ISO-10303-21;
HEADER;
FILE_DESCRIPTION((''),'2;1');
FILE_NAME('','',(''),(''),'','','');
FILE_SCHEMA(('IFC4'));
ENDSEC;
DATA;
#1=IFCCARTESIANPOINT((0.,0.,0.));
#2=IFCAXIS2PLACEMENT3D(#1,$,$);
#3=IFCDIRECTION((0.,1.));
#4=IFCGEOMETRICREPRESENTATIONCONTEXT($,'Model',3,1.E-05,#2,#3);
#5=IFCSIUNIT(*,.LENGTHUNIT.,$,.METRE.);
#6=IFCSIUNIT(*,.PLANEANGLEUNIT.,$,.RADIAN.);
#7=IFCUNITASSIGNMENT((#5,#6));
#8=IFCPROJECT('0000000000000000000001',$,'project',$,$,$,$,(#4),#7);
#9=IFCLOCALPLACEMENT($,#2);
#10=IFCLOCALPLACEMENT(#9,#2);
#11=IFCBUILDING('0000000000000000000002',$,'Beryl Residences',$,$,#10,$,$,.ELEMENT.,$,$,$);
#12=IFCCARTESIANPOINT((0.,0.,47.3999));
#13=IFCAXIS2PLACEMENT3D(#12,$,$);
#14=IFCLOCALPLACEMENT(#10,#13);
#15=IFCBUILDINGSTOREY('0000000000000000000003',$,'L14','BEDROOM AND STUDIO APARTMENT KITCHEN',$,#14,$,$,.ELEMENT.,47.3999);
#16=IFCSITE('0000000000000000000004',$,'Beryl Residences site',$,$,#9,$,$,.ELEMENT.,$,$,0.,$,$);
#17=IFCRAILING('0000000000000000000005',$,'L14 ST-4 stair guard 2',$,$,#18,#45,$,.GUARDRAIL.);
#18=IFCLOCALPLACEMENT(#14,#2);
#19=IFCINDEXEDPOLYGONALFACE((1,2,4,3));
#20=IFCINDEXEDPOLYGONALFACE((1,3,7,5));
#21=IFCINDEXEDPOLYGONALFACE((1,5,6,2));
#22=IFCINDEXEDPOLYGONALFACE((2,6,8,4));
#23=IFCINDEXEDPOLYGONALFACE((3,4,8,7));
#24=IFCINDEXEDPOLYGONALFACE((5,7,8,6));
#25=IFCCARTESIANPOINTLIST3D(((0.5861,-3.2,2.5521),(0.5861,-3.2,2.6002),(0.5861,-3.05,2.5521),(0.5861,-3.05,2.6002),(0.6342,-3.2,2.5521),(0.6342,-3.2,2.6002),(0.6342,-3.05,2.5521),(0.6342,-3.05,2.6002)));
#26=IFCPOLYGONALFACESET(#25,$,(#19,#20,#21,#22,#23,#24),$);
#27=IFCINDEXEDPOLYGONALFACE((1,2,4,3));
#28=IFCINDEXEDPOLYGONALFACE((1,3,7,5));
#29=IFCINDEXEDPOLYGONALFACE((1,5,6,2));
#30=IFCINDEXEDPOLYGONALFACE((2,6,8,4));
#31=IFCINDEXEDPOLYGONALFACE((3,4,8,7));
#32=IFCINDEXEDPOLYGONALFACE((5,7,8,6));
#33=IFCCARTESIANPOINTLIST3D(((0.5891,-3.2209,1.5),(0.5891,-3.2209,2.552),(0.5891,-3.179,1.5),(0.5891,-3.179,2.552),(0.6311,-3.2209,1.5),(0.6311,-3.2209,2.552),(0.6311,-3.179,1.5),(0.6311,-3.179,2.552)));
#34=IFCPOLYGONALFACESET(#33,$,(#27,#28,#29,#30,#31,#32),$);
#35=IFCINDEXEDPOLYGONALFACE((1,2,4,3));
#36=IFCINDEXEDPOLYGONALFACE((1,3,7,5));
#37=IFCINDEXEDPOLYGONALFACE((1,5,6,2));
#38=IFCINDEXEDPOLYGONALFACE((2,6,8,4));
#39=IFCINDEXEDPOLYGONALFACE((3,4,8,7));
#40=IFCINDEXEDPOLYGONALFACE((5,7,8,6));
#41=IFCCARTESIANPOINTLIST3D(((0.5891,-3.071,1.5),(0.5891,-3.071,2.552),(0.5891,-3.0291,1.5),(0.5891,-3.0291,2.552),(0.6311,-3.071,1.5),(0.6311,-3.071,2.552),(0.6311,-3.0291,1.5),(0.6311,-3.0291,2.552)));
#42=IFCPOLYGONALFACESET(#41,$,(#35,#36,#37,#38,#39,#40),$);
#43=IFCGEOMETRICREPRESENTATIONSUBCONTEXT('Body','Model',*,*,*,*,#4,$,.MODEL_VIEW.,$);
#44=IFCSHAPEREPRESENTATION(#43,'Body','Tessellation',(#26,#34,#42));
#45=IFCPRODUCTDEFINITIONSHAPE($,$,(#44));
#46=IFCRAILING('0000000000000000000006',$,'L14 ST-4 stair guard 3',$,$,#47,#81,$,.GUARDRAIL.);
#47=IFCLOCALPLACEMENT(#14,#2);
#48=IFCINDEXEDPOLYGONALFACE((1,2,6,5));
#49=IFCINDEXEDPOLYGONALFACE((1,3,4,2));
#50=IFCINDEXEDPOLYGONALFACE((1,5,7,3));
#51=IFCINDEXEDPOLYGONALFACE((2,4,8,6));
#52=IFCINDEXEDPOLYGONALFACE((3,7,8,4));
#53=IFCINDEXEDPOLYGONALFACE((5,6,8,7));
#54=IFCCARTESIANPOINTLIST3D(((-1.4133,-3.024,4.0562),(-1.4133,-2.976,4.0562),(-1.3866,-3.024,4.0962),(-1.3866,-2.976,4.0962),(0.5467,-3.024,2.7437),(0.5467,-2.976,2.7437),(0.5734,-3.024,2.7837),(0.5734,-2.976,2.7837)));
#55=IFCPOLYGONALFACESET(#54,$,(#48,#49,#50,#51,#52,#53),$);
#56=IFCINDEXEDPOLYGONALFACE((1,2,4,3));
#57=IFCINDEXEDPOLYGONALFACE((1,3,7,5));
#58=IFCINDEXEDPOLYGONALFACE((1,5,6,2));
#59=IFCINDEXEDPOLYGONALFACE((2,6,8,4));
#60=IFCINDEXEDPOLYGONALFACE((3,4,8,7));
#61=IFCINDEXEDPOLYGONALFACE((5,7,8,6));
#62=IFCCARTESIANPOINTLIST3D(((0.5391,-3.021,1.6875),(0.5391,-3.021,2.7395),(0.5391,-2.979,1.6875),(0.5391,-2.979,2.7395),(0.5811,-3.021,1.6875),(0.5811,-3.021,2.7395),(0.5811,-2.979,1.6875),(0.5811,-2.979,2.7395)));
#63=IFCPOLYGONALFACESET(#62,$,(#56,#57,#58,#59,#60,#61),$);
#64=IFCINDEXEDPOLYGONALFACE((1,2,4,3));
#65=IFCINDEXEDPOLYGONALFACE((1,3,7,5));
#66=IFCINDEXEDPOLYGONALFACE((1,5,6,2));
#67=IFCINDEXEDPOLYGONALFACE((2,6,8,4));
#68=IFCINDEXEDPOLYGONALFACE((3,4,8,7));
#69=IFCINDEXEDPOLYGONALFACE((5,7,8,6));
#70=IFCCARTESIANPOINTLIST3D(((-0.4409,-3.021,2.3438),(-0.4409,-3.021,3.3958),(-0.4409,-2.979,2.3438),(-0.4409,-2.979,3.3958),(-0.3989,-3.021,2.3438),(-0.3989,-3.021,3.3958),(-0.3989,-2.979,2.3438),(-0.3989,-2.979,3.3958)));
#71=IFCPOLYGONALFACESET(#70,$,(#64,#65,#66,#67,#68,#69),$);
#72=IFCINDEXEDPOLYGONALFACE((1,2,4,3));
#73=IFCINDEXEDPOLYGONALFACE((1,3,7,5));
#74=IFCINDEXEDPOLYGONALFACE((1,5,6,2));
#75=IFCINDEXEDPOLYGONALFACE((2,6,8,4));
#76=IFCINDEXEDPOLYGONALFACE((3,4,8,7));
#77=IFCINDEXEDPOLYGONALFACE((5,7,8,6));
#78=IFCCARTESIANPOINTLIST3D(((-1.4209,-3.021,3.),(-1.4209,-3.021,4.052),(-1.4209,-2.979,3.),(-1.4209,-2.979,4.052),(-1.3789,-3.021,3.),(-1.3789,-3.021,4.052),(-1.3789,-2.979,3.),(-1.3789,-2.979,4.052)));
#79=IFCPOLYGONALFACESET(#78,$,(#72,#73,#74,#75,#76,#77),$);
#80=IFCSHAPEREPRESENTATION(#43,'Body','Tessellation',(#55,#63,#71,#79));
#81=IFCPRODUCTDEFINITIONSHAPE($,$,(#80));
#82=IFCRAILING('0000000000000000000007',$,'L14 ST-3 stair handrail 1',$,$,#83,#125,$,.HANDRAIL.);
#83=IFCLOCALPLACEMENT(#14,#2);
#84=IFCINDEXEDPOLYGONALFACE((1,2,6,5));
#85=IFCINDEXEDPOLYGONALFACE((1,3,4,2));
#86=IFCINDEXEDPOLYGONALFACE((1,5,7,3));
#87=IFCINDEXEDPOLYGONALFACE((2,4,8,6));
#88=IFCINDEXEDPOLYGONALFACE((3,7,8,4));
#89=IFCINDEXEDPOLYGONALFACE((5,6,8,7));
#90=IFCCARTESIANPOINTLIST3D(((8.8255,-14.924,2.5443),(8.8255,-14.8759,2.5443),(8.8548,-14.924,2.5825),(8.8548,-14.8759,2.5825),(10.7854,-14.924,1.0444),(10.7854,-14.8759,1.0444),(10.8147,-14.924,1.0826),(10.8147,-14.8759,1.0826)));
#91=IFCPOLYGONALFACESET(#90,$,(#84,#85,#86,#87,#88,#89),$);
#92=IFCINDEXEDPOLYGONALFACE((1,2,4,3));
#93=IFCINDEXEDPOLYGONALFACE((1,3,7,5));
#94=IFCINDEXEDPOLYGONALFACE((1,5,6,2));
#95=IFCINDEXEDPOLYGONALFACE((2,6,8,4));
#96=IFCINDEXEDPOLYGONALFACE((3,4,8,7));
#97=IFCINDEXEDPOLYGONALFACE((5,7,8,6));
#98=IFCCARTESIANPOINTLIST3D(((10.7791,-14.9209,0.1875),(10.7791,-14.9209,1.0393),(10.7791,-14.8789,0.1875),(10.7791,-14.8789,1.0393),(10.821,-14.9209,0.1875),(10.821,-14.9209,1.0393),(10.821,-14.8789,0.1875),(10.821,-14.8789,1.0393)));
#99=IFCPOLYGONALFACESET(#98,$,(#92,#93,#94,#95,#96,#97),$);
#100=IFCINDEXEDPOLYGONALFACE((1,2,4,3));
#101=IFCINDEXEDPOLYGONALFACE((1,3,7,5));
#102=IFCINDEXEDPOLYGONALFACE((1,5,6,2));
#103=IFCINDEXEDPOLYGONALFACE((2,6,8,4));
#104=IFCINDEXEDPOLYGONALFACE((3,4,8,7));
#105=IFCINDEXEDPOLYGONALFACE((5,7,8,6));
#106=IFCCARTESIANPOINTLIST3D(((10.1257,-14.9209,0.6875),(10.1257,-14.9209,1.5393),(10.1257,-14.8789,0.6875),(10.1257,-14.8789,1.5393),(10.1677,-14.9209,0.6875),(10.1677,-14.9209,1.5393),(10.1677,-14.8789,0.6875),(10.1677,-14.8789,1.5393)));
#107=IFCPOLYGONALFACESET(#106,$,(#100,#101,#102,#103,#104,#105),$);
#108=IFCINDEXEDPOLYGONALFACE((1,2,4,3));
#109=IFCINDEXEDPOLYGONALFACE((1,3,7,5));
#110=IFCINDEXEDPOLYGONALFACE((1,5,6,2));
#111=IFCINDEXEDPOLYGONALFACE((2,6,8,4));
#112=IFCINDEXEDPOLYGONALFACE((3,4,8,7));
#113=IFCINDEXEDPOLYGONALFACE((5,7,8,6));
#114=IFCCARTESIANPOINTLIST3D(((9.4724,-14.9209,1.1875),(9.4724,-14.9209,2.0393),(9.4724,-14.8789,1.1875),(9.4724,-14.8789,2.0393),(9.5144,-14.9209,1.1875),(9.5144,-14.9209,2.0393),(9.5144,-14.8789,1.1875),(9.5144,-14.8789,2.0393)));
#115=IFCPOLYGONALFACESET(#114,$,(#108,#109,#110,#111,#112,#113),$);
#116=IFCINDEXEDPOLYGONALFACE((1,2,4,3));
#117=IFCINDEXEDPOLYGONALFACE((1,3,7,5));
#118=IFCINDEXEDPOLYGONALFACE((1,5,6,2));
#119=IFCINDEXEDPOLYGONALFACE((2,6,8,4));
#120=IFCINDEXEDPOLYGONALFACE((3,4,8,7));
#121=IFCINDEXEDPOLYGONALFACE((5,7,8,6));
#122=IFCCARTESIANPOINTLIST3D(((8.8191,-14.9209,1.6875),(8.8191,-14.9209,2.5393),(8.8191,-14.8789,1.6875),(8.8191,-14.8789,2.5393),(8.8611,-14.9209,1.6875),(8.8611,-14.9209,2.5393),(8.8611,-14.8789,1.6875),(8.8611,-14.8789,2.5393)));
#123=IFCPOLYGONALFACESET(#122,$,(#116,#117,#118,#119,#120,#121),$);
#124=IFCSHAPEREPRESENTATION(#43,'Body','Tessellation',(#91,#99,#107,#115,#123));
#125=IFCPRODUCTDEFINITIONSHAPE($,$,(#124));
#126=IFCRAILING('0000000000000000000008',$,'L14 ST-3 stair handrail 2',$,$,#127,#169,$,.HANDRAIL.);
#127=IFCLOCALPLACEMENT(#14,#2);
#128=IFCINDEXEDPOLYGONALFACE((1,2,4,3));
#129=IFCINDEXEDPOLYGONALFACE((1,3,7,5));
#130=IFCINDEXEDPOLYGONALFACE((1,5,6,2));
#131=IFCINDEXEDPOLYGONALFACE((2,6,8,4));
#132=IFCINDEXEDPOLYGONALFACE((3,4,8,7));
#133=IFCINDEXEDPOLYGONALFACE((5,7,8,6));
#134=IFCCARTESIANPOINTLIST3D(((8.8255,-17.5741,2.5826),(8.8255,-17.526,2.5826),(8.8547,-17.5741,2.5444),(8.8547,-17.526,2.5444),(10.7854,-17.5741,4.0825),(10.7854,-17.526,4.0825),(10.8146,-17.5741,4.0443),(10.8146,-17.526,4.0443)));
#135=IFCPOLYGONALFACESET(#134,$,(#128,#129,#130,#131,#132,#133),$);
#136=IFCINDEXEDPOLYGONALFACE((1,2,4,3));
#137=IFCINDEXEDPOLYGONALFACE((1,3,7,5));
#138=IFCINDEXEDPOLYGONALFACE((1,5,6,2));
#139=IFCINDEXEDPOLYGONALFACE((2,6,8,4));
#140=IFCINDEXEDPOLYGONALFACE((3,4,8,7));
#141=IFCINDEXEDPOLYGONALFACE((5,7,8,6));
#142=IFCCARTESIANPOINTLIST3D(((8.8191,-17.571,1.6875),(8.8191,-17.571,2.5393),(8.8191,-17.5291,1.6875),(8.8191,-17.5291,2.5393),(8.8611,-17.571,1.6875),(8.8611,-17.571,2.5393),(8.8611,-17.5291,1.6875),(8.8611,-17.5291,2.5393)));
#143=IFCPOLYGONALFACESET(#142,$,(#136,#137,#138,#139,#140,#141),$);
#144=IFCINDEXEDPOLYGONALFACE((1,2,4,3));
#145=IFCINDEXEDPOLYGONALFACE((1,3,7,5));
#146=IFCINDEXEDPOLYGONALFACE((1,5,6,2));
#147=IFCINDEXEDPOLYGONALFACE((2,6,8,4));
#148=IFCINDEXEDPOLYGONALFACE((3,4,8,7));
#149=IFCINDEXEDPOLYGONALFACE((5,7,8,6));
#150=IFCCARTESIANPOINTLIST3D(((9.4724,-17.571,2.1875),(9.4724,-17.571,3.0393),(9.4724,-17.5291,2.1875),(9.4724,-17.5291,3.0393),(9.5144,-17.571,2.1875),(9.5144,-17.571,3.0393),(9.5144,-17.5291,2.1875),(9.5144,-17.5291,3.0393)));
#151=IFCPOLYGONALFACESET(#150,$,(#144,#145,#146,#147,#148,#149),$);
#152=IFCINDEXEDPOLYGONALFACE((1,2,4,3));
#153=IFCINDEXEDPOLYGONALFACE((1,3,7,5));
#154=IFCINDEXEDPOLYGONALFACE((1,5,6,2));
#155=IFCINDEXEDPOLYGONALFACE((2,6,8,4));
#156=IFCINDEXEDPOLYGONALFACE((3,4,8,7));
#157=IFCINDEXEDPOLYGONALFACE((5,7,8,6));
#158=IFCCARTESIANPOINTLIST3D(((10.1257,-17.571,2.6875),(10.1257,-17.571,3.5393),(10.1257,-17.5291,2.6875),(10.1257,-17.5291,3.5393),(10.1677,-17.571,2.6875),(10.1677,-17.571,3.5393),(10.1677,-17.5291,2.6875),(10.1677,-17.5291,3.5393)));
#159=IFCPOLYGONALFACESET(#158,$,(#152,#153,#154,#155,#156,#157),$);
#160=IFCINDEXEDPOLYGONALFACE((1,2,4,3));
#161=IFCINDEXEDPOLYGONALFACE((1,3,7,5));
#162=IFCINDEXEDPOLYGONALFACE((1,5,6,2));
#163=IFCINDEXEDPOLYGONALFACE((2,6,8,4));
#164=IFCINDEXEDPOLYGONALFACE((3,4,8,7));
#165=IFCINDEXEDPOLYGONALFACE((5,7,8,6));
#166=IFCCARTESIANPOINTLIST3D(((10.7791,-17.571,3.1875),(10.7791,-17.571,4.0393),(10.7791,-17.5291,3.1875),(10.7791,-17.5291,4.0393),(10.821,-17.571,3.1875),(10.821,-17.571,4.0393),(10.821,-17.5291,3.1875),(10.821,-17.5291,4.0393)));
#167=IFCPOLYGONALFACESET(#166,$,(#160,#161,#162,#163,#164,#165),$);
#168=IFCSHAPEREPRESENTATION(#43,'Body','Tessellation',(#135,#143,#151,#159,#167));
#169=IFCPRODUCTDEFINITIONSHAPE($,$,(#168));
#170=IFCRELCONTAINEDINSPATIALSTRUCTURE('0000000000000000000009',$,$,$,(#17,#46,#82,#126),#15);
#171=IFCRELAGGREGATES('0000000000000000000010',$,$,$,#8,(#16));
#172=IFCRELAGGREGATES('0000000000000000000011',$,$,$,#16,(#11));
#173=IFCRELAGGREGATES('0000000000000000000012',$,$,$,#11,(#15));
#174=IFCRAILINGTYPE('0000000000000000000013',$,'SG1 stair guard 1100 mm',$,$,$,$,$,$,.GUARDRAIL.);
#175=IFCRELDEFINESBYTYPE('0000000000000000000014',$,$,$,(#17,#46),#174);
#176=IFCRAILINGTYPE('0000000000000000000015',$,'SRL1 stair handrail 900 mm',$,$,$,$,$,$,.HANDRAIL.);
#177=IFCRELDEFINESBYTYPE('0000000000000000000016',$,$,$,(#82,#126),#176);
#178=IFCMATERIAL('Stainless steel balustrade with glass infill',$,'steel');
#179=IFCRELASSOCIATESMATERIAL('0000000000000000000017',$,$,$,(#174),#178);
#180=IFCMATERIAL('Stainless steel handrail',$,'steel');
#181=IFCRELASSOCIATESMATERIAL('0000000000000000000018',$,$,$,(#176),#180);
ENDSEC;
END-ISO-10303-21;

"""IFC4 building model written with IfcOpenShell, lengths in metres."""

from ifc_helpers import new_model, si_unit, direction, frame, origin, origin_2d, place, context, subcontext, project, spatial, rectangle, extrude, material, type_object, element, save


model = new_model("IFC4")

# Units and contexts
model_context = context("Model", 3, precision=1e-05, world=origin(), true_north=direction((0.0, 1.0)))
body_context = subcontext(model_context, "Body", "Model", "MODEL_VIEW")
ifc_project = project(units=[si_unit("LENGTHUNIT", "METRE"), si_unit("PLANEANGLEUNIT", "RADIAN")], contexts=[model_context])

# Site, building, storey
site_placement = place(None, origin())
site = spatial("IfcSite", under=ifc_project, at=site_placement, Name="Beryl Residences site", CompositionType="ELEMENT", RefElevation=0.0)
building_placement = place(site_placement, origin())
building = spatial("IfcBuilding", under=site, at=building_placement, Name="Beryl Residences", CompositionType="ELEMENT")
storey_placement = place(building_placement, frame((0.0, 0.0, 47.3999)))
storey = spatial("IfcBuildingStorey", under=building, at=storey_placement, Name="L14", Description="BEDROOM AND STUDIO APARTMENT KITCHEN", CompositionType="ELEMENT", Elevation=47.3999)

# Railings
ifc_material_1 = material(Name="Stainless steel balustrade with glass infill", Category="steel")
railing_type_1 = type_object("IfcRailingType", Name="SG1 stair guard 1100 mm", PredefinedType="GUARDRAIL", material=ifc_material_1)
railing_1_placement = place(storey_placement, frame((0.6101, -3.2, 1.5)))
element("IfcRailing", 1, at=railing_1_placement, inside=storey, type_object=railing_type_1, Name="L14 ST-4 stair guard 2", PredefinedType="GUARDRAIL", context=body_context, shape_type="SweptSolid", body=[
    extrude(rectangle(XDim=0.0481, YDim=0.0481, at=origin_2d()), frame((0.0, 0.0, 1.0762), z_axis=(0.0, 1.0, 0.0), x_axis=(-1.0, 0.0, 0.0)), (0.0, 0.0, 1.0), 0.1499),
    extrude(rectangle(XDim=0.042, YDim=0.042, at=origin_2d()), origin(), (0.0, 0.0, 1.0), 1.052),
    extrude(rectangle(XDim=0.042, YDim=0.042, at=origin_2d()), frame((0.0, 0.1499, 0.0)), (0.0, 0.0, 1.0), 1.052),
])
railing_2_placement = place(storey_placement, frame((0.5601, -3.0, 1.6875)))
element("IfcRailing", 2, at=railing_2_placement, inside=storey, type_object=railing_type_1, Name="L14 ST-4 stair guard 3", PredefinedType="GUARDRAIL", context=body_context, shape_type="SweptSolid", body=[
    extrude(rectangle(XDim=0.0481, YDim=0.0481, at=origin_2d()), frame((0.0, 0.0, 1.0762), z_axis=(-0.830902, 0.0, 0.556419), x_axis=(0.0, -1.0, 0.0)), (0.0, 0.0, 1.0), 2.3589),
    extrude(rectangle(XDim=0.042, YDim=0.042, at=origin_2d()), origin(), (0.0, 0.0, 1.0), 1.052),
    extrude(rectangle(XDim=0.042, YDim=0.042, at=origin_2d()), frame((-0.98, 0.0, 0.6562)), (0.0, 0.0, 1.0), 1.052),
    extrude(rectangle(XDim=0.042, YDim=0.042, at=origin_2d()), frame((-1.96, 0.0, 1.3125)), (0.0, 0.0, 1.0), 1.052),
])
ifc_material_2 = material(Name="Stainless steel handrail", Category="steel")
railing_type_2 = type_object("IfcRailingType", Name="SRL1 stair handrail 900 mm", PredefinedType="HANDRAIL", material=ifc_material_2)
railing_3_placement = place(storey_placement, frame((10.8, -14.8999, 0.1875)))
element("IfcRailing", 3, at=railing_3_placement, inside=storey, type_object=railing_type_2, Name="L14 ST-3 stair handrail 1", PredefinedType="HANDRAIL", context=body_context, shape_type="SweptSolid", body=[
    extrude(rectangle(XDim=0.0481, YDim=0.0481, at=origin_2d()), frame((0.0, 0.0, 0.876), z_axis=(-0.794122, 0.0, 0.607758), x_axis=(0.0, -1.0, 0.0)), (0.0, 0.0, 1.0), 2.468),
    extrude(rectangle(XDim=0.042, YDim=0.042, at=origin_2d()), origin(), (0.0, 0.0, 1.0), 0.8518),
    extrude(rectangle(XDim=0.042, YDim=0.042, at=origin_2d()), frame((-0.6533, 0.0, 0.5)), (0.0, 0.0, 1.0), 0.8518),
    extrude(rectangle(XDim=0.042, YDim=0.042, at=origin_2d()), frame((-1.3066, 0.0, 1.0)), (0.0, 0.0, 1.0), 0.8518),
    extrude(rectangle(XDim=0.042, YDim=0.042, at=origin_2d()), frame((-1.96, 0.0, 1.5)), (0.0, 0.0, 1.0), 0.8518),
])
railing_4_placement = place(storey_placement, frame((8.8401, -17.55, 1.6875)))
element("IfcRailing", 4, at=railing_4_placement, inside=storey, type_object=railing_type_2, Name="L14 ST-3 stair handrail 2", PredefinedType="HANDRAIL", context=body_context, shape_type="SweptSolid", body=[
    extrude(rectangle(XDim=0.0481, YDim=0.0481, at=origin_2d()), frame((0.0, 0.0, 0.876), z_axis=(0.794122, 0.0, 0.607758), x_axis=(0.0, 1.0, 0.0)), (0.0, 0.0, 1.0), 2.468),
    extrude(rectangle(XDim=0.042, YDim=0.042, at=origin_2d()), origin(), (0.0, 0.0, 1.0), 0.8518),
    extrude(rectangle(XDim=0.042, YDim=0.042, at=origin_2d()), frame((0.6533, 0.0, 0.5)), (0.0, 0.0, 1.0), 0.8518),
    extrude(rectangle(XDim=0.042, YDim=0.042, at=origin_2d()), frame((1.3066, 0.0, 1.0)), (0.0, 0.0, 1.0), 0.8518),
    extrude(rectangle(XDim=0.042, YDim=0.042, at=origin_2d()), frame((1.96, 0.0, 1.5)), (0.0, 0.0, 1.0), 0.8518),
])

save(model, "model.ifc")
